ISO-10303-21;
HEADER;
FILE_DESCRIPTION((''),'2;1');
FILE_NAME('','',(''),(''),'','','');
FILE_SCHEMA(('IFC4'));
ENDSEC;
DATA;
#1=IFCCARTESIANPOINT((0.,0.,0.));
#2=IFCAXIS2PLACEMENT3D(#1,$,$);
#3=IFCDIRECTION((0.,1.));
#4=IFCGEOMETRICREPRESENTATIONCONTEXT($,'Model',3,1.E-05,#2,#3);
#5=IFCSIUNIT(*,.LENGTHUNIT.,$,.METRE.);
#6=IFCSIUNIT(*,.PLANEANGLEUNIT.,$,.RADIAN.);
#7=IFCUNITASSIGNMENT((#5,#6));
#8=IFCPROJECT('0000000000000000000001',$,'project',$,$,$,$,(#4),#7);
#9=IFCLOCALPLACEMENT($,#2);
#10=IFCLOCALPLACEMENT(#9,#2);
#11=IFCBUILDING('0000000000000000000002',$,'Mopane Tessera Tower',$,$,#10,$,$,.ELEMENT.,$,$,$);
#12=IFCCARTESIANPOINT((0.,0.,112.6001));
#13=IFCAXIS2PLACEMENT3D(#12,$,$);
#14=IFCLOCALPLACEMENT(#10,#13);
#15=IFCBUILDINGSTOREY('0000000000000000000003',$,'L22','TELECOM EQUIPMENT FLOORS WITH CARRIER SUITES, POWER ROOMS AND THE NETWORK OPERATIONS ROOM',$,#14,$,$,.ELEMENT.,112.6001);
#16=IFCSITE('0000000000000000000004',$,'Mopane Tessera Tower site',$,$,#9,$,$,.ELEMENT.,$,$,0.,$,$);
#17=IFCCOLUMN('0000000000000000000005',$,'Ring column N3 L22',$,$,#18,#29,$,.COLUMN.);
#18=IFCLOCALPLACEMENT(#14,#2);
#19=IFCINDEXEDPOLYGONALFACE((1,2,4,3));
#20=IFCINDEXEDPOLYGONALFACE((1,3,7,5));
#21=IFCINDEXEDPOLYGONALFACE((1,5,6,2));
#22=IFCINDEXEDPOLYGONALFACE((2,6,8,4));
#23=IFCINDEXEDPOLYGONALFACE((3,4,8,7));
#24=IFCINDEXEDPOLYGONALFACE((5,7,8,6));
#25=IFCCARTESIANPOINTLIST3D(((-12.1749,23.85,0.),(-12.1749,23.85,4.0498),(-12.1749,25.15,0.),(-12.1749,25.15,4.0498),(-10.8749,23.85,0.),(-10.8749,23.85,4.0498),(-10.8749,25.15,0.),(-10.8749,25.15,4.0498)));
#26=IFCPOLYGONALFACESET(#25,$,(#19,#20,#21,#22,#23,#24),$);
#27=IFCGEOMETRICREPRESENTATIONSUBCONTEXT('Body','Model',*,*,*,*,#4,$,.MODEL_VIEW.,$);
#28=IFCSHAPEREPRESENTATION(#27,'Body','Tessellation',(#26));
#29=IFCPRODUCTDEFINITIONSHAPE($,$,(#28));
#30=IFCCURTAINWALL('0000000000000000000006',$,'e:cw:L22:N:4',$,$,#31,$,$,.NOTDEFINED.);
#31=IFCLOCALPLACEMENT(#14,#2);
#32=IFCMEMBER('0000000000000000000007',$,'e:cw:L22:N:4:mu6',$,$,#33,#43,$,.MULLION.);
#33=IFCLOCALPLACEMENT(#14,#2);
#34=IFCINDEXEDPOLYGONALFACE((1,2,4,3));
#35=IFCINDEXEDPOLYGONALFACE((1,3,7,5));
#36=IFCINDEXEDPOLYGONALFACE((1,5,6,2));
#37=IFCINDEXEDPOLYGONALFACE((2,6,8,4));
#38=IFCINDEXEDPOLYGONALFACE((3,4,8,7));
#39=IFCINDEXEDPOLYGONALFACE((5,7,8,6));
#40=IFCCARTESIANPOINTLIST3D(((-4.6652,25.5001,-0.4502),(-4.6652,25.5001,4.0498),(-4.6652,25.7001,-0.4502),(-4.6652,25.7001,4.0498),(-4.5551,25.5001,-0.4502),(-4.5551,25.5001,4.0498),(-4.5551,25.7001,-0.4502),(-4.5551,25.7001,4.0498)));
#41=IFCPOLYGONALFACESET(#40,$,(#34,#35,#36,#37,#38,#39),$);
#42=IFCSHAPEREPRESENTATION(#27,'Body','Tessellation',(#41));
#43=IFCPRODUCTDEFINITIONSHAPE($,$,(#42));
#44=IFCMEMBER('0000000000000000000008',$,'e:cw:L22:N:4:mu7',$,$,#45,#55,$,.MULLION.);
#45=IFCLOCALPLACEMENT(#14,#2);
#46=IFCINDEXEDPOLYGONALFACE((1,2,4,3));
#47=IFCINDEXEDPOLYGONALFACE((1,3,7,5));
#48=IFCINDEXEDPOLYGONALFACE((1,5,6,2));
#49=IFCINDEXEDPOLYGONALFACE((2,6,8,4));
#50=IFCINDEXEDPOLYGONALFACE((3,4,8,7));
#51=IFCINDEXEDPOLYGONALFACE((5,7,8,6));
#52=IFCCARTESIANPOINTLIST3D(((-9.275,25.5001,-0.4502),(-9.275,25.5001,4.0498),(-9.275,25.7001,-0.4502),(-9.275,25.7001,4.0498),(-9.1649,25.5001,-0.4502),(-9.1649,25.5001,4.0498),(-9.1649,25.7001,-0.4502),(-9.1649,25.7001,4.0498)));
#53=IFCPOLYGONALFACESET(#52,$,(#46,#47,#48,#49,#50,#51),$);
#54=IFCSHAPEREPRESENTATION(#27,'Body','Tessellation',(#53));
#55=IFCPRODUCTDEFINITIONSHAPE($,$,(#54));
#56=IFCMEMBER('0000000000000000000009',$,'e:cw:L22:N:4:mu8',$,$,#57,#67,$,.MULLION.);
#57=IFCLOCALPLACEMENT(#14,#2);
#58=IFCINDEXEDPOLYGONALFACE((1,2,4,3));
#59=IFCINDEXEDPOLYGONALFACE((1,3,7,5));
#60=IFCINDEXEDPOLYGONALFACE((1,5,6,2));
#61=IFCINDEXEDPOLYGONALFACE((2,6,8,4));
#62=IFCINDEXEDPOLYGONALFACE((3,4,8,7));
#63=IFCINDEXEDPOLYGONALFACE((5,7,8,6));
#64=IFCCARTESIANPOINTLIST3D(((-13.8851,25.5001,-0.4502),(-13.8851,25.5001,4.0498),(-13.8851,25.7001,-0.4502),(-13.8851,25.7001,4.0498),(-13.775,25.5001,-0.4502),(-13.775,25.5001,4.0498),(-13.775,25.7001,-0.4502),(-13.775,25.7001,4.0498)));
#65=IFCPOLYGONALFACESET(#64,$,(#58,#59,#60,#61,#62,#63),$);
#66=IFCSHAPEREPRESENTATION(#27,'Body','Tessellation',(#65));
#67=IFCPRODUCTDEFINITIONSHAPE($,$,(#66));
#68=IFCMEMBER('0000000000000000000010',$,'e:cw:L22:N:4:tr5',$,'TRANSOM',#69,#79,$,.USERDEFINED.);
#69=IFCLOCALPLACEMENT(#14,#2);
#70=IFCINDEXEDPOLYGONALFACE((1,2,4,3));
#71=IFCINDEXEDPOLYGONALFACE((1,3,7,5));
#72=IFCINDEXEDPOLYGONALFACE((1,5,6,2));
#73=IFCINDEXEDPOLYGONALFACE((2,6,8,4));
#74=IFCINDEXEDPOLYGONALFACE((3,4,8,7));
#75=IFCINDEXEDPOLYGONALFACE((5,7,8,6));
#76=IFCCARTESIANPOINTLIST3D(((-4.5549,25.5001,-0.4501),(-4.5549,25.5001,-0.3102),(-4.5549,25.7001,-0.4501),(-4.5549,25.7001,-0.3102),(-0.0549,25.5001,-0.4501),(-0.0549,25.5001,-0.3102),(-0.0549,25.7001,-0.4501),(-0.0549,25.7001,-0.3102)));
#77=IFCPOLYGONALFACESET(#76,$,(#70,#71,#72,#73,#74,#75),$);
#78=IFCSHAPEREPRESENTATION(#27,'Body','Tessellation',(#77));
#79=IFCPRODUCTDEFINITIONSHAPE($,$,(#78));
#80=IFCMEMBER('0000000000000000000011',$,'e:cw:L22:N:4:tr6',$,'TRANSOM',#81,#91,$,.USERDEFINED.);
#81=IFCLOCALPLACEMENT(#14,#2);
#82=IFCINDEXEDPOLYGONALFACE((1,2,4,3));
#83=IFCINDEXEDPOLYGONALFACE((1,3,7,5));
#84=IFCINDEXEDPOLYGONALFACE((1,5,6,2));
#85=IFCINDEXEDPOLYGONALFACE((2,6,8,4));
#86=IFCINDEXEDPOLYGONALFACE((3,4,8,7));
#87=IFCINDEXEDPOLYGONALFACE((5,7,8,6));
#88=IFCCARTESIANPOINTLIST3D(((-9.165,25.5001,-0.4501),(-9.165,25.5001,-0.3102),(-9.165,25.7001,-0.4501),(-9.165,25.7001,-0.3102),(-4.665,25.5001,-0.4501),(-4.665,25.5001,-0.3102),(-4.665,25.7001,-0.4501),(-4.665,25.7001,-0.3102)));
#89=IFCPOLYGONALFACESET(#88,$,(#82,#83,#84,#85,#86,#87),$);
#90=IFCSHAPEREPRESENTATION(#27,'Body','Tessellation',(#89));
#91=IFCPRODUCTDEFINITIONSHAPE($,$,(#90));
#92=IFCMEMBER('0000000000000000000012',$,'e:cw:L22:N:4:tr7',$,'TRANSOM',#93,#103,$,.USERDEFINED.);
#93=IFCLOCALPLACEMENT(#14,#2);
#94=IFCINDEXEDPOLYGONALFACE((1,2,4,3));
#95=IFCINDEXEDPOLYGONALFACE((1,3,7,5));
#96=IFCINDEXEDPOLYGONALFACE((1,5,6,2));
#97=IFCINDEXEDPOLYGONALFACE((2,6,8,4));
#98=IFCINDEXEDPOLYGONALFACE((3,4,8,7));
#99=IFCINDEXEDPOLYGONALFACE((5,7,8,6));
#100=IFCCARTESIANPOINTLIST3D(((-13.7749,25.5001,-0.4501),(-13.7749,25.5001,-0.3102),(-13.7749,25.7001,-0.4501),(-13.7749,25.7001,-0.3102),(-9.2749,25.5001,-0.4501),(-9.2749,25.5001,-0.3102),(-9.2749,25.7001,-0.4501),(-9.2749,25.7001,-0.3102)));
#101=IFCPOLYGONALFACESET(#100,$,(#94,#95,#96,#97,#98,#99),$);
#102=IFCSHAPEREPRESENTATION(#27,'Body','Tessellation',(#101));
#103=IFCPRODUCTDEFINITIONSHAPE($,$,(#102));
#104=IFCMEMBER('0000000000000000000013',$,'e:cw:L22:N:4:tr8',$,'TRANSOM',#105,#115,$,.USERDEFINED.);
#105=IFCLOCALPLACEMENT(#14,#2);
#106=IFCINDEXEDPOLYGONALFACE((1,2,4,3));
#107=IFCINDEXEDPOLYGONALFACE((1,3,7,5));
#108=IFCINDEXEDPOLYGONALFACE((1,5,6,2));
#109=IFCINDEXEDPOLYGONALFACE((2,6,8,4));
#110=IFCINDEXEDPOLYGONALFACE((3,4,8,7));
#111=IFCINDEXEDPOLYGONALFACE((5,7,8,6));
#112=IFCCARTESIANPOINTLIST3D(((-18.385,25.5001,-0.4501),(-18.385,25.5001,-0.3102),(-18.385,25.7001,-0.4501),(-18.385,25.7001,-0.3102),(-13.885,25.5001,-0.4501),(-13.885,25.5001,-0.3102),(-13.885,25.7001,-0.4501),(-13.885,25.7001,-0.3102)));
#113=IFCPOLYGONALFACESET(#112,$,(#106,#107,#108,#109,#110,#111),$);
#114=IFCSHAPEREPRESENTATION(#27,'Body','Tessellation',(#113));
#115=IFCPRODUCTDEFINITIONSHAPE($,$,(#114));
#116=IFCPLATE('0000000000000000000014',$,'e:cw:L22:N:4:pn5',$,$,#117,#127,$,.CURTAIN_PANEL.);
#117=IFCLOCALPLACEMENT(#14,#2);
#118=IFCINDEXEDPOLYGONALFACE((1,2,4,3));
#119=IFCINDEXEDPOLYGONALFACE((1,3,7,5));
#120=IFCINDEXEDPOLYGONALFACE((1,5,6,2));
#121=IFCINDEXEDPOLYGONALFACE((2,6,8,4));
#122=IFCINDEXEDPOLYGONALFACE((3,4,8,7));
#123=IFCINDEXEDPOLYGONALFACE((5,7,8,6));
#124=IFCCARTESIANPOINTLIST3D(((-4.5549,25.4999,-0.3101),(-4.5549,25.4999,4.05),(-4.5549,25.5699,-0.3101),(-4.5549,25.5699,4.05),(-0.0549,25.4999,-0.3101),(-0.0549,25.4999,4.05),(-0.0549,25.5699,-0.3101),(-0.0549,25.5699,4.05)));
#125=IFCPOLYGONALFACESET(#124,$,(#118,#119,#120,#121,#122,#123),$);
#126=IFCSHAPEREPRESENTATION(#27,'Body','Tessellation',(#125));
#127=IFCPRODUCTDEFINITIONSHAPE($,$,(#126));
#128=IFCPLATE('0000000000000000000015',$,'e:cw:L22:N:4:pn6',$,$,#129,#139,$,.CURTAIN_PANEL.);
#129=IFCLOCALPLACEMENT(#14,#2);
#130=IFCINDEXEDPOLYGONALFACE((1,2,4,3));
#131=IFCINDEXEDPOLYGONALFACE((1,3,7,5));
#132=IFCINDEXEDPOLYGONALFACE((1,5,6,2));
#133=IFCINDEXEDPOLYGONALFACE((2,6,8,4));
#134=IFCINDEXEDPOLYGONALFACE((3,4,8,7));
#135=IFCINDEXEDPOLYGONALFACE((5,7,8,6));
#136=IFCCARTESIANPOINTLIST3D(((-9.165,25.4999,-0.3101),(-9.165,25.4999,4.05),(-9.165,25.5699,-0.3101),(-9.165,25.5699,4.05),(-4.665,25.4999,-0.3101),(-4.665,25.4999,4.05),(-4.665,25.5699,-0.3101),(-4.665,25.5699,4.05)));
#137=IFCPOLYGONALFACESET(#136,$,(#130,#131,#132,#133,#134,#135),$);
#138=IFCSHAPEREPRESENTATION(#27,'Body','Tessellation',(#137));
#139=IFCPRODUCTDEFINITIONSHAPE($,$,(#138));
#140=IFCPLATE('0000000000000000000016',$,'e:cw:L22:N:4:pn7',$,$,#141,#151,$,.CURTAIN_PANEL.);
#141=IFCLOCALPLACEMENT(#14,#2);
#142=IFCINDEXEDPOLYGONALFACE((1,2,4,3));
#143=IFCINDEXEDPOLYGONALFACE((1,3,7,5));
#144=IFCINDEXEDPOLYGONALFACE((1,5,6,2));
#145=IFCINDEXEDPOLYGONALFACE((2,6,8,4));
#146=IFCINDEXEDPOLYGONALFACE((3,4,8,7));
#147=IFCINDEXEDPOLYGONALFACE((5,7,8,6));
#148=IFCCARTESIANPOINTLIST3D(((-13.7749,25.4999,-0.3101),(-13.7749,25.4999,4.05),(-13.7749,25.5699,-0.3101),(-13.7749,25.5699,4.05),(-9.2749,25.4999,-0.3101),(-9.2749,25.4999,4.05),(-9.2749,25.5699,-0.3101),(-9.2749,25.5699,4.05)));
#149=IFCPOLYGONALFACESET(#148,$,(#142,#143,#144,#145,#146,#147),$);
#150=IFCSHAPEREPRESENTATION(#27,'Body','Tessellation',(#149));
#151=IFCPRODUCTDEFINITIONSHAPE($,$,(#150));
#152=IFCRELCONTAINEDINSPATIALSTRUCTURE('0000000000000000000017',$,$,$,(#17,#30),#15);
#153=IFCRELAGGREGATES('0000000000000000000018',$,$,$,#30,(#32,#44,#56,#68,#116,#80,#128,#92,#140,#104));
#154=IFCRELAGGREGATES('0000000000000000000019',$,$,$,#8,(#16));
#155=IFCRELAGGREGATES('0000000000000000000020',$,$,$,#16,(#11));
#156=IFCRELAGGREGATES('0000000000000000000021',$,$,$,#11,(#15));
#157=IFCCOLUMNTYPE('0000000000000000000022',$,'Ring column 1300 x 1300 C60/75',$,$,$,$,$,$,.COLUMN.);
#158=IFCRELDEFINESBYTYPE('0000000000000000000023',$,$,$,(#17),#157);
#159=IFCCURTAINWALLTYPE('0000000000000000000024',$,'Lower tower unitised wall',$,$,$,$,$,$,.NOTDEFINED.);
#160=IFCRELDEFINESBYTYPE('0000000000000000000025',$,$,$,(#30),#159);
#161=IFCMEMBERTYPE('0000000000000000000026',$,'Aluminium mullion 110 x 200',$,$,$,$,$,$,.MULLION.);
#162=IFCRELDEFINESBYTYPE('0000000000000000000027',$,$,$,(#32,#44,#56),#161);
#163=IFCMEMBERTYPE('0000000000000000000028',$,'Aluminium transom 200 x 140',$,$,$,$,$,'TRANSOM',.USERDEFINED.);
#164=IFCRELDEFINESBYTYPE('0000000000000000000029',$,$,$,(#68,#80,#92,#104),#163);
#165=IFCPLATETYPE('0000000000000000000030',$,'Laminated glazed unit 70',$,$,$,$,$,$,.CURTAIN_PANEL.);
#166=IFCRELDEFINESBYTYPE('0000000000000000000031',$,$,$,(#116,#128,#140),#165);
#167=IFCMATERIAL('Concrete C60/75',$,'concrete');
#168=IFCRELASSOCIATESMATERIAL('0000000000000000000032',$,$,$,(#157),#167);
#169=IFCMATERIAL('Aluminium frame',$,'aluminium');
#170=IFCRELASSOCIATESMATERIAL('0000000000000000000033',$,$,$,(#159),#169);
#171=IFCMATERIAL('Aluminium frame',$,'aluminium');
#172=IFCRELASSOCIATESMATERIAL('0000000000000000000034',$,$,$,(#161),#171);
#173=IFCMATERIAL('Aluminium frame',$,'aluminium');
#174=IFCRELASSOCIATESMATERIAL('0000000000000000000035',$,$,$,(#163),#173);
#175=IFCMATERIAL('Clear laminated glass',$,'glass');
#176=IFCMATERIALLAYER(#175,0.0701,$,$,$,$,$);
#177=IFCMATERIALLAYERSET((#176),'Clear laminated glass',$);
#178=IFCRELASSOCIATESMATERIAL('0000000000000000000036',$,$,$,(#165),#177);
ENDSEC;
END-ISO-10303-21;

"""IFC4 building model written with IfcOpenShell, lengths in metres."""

from ifc_helpers import new_model, si_unit, direction, frame, origin, origin_2d, place, context, subcontext, project, spatial, rectangle, extrude, material, layer, layer_set, material_profile, profile_set, type_object, element, aggregate, save


model = new_model("IFC4")

# Units and contexts
model_context = context("Model", 3, precision=1e-05, world=origin(), true_north=direction((0.0, 1.0)))
body_context = subcontext(model_context, "Body", "Model", "MODEL_VIEW")
ifc_project = project(units=[si_unit("LENGTHUNIT", "METRE"), si_unit("PLANEANGLEUNIT", "RADIAN")], contexts=[model_context])

# Site, building, storey
site_placement = place(None, origin())
site = spatial("IfcSite", under=ifc_project, at=site_placement, Name="Mopane Tessera Tower site", CompositionType="ELEMENT", RefElevation=0.0)
building_placement = place(site_placement, origin())
building = spatial("IfcBuilding", under=site, at=building_placement, Name="Mopane Tessera Tower", CompositionType="ELEMENT")
storey_placement = place(building_placement, frame((0.0, 0.0, 112.6001)))
storey = spatial("IfcBuildingStorey", under=building, at=storey_placement, Name="L22", Description="TELECOM EQUIPMENT FLOORS WITH CARRIER SUITES, POWER ROOMS AND THE NETWORK OPERATIONS ROOM", CompositionType="ELEMENT", Elevation=112.6001)

# Column
ifc_material_1 = material(Name="Concrete C60/75", Category="concrete")
ifc_material_profile_1 = material_profile(ifc_material_1, rectangle(XDim=1.3, YDim=1.3, at=origin_2d()))
ifc_profile_set_1 = profile_set([ifc_material_profile_1], Name="Concrete C60/75")
column_type = type_object("IfcColumnType", Name="Ring column 1300 x 1300 C60/75", PredefinedType="COLUMN", material=ifc_profile_set_1)
column_placement = place(storey_placement, frame((-11.5249, 24.5, 0.0), z_axis=(0.0, 0.0, 1.0), x_axis=(1.0, 0.0, 0.0)))
element("IfcColumn", 1, at=column_placement, inside=storey, type_object=column_type, Name="Ring column N3 L22", PredefinedType="COLUMN", context=body_context, shape_type="SweptSolid", body=[
    extrude(rectangle(XDim=1.3, YDim=1.3, at=origin_2d()), origin(), (0.0, 0.0, 1.0), 4.0498),
])

# Curtain wall, members, plates
ifc_material_2 = material(Name="Aluminium frame", Category="aluminium")
curtain_wall_type = type_object("IfcCurtainWallType", Name="Lower tower unitised wall", PredefinedType="NOTDEFINED", material=ifc_material_2)
curtain_wall_placement = place(storey_placement, origin())
curtain_wall = element("IfcCurtainWall", 2, at=curtain_wall_placement, inside=storey, type_object=curtain_wall_type, Name="e:cw:L22:N:4", PredefinedType="NOTDEFINED")
ifc_material_3 = material(Name="Aluminium frame", Category="aluminium")
ifc_material_profile_2 = material_profile(ifc_material_3, rectangle(XDim=0.1101, YDim=0.2, at=origin_2d()))
ifc_profile_set_2 = profile_set([ifc_material_profile_2], Name="Aluminium frame")
member_type_1 = type_object("IfcMemberType", Name="Aluminium mullion 110 x 200", PredefinedType="MULLION", material=ifc_profile_set_2)
member_1_placement = place(storey_placement, frame((-4.6101, 25.6001, -0.4502), z_axis=(0.0, 0.0, 1.0), x_axis=(-1.0, 0.0, 0.0)))
member_1 = element("IfcMember", 3, at=member_1_placement, type_object=member_type_1, Name="e:cw:L22:N:4:mu6", PredefinedType="MULLION", context=body_context, shape_type="SweptSolid", body=[
    extrude(rectangle(XDim=0.1101, YDim=0.2, at=origin_2d()), origin(), (0.0, 0.0, 1.0), 4.5),
])
member_2_placement = place(storey_placement, frame((-9.22, 25.6001, -0.4502), z_axis=(0.0, 0.0, 1.0), x_axis=(-1.0, 0.0, 0.0)))
member_2 = element("IfcMember", 4, at=member_2_placement, type_object=member_type_1, Name="e:cw:L22:N:4:mu7", PredefinedType="MULLION", context=body_context, shape_type="SweptSolid", body=[
    extrude(rectangle(XDim=0.1101, YDim=0.2, at=origin_2d()), origin(), (0.0, 0.0, 1.0), 4.5),
])
member_3_placement = place(storey_placement, frame((-13.8301, 25.6001, -0.4502), z_axis=(0.0, 0.0, 1.0), x_axis=(-1.0, 0.0, 0.0)))
member_3 = element("IfcMember", 5, at=member_3_placement, type_object=member_type_1, Name="e:cw:L22:N:4:mu8", PredefinedType="MULLION", context=body_context, shape_type="SweptSolid", body=[
    extrude(rectangle(XDim=0.1101, YDim=0.2, at=origin_2d()), origin(), (0.0, 0.0, 1.0), 4.5),
])
ifc_material_4 = material(Name="Aluminium frame", Category="aluminium")
ifc_material_profile_3 = material_profile(ifc_material_4, rectangle(XDim=0.2, YDim=0.1399, at=origin_2d()))
ifc_profile_set_3 = profile_set([ifc_material_profile_3], Name="Aluminium frame")
member_type_2 = type_object("IfcMemberType", Name="Aluminium transom 200 x 140", ElementType="TRANSOM", PredefinedType="USERDEFINED", material=ifc_profile_set_3)
member_4_placement = place(storey_placement, frame((-0.0549, 25.6001, -0.3801), z_axis=(-1.0, 0.0, 0.0), x_axis=(0.0, -1.0, 0.0)))
member_4 = element("IfcMember", 6, at=member_4_placement, type_object=member_type_2, Name="e:cw:L22:N:4:tr5", ObjectType="TRANSOM", PredefinedType="USERDEFINED", context=body_context, shape_type="SweptSolid", body=[
    extrude(rectangle(XDim=0.2, YDim=0.1399, at=origin_2d()), origin(), (0.0, 0.0, 1.0), 4.5),
])
member_5_placement = place(storey_placement, frame((-4.665, 25.6001, -0.3801), z_axis=(-1.0, 0.0, 0.0), x_axis=(0.0, -1.0, 0.0)))
member_5 = element("IfcMember", 7, at=member_5_placement, type_object=member_type_2, Name="e:cw:L22:N:4:tr6", ObjectType="TRANSOM", PredefinedType="USERDEFINED", context=body_context, shape_type="SweptSolid", body=[
    extrude(rectangle(XDim=0.2, YDim=0.1399, at=origin_2d()), origin(), (0.0, 0.0, 1.0), 4.5),
])
member_6_placement = place(storey_placement, frame((-9.2749, 25.6001, -0.3801), z_axis=(-1.0, 0.0, 0.0), x_axis=(0.0, -1.0, 0.0)))
member_6 = element("IfcMember", 8, at=member_6_placement, type_object=member_type_2, Name="e:cw:L22:N:4:tr7", ObjectType="TRANSOM", PredefinedType="USERDEFINED", context=body_context, shape_type="SweptSolid", body=[
    extrude(rectangle(XDim=0.2, YDim=0.1399, at=origin_2d()), origin(), (0.0, 0.0, 1.0), 4.5),
])
member_7_placement = place(storey_placement, frame((-13.885, 25.6001, -0.3801), z_axis=(-1.0, 0.0, 0.0), x_axis=(0.0, -1.0, 0.0)))
member_7 = element("IfcMember", 9, at=member_7_placement, type_object=member_type_2, Name="e:cw:L22:N:4:tr8", ObjectType="TRANSOM", PredefinedType="USERDEFINED", context=body_context, shape_type="SweptSolid", body=[
    extrude(rectangle(XDim=0.2, YDim=0.1399, at=origin_2d()), origin(), (0.0, 0.0, 1.0), 4.5),
])
ifc_material_5 = material(Name="Clear laminated glass", Category="glass")
ifc_layer_1 = layer(ifc_material_5, 0.0701)
ifc_layer_set_1 = layer_set([ifc_layer_1], Name="Clear laminated glass")
plate_type = type_object("IfcPlateType", Name="Laminated glazed unit 70", PredefinedType="CURTAIN_PANEL", material=ifc_layer_set_1)
plate_1_placement = place(storey_placement, frame((-2.3049, 25.5349, -0.3101), z_axis=(0.0, 0.0, 1.0), x_axis=(-1.0, 0.0, 0.0)))
plate_1 = element("IfcPlate", 10, at=plate_1_placement, type_object=plate_type, Name="e:cw:L22:N:4:pn5", PredefinedType="CURTAIN_PANEL", context=body_context, shape_type="SweptSolid", body=[
    extrude(rectangle(XDim=4.5, YDim=0.0701, at=origin_2d()), origin(), (0.0, 0.0, 1.0), 4.3601),
])
plate_2_placement = place(storey_placement, frame((-6.915, 25.5349, -0.3101), z_axis=(0.0, 0.0, 1.0), x_axis=(-1.0, 0.0, 0.0)))
plate_2 = element("IfcPlate", 11, at=plate_2_placement, type_object=plate_type, Name="e:cw:L22:N:4:pn6", PredefinedType="CURTAIN_PANEL", context=body_context, shape_type="SweptSolid", body=[
    extrude(rectangle(XDim=4.5, YDim=0.0701, at=origin_2d()), origin(), (0.0, 0.0, 1.0), 4.3601),
])
plate_3_placement = place(storey_placement, frame((-11.5249, 25.5349, -0.3101), z_axis=(0.0, 0.0, 1.0), x_axis=(-1.0, 0.0, 0.0)))
plate_3 = element("IfcPlate", 12, at=plate_3_placement, type_object=plate_type, Name="e:cw:L22:N:4:pn7", PredefinedType="CURTAIN_PANEL", context=body_context, shape_type="SweptSolid", body=[
    extrude(rectangle(XDim=4.5, YDim=0.0701, at=origin_2d()), origin(), (0.0, 0.0, 1.0), 4.3601),
])
aggregate(curtain_wall, [member_1, member_2, member_3, member_4, plate_1, member_5, plate_2, member_6, plate_3, member_7])

save(model, "model.ifc")
